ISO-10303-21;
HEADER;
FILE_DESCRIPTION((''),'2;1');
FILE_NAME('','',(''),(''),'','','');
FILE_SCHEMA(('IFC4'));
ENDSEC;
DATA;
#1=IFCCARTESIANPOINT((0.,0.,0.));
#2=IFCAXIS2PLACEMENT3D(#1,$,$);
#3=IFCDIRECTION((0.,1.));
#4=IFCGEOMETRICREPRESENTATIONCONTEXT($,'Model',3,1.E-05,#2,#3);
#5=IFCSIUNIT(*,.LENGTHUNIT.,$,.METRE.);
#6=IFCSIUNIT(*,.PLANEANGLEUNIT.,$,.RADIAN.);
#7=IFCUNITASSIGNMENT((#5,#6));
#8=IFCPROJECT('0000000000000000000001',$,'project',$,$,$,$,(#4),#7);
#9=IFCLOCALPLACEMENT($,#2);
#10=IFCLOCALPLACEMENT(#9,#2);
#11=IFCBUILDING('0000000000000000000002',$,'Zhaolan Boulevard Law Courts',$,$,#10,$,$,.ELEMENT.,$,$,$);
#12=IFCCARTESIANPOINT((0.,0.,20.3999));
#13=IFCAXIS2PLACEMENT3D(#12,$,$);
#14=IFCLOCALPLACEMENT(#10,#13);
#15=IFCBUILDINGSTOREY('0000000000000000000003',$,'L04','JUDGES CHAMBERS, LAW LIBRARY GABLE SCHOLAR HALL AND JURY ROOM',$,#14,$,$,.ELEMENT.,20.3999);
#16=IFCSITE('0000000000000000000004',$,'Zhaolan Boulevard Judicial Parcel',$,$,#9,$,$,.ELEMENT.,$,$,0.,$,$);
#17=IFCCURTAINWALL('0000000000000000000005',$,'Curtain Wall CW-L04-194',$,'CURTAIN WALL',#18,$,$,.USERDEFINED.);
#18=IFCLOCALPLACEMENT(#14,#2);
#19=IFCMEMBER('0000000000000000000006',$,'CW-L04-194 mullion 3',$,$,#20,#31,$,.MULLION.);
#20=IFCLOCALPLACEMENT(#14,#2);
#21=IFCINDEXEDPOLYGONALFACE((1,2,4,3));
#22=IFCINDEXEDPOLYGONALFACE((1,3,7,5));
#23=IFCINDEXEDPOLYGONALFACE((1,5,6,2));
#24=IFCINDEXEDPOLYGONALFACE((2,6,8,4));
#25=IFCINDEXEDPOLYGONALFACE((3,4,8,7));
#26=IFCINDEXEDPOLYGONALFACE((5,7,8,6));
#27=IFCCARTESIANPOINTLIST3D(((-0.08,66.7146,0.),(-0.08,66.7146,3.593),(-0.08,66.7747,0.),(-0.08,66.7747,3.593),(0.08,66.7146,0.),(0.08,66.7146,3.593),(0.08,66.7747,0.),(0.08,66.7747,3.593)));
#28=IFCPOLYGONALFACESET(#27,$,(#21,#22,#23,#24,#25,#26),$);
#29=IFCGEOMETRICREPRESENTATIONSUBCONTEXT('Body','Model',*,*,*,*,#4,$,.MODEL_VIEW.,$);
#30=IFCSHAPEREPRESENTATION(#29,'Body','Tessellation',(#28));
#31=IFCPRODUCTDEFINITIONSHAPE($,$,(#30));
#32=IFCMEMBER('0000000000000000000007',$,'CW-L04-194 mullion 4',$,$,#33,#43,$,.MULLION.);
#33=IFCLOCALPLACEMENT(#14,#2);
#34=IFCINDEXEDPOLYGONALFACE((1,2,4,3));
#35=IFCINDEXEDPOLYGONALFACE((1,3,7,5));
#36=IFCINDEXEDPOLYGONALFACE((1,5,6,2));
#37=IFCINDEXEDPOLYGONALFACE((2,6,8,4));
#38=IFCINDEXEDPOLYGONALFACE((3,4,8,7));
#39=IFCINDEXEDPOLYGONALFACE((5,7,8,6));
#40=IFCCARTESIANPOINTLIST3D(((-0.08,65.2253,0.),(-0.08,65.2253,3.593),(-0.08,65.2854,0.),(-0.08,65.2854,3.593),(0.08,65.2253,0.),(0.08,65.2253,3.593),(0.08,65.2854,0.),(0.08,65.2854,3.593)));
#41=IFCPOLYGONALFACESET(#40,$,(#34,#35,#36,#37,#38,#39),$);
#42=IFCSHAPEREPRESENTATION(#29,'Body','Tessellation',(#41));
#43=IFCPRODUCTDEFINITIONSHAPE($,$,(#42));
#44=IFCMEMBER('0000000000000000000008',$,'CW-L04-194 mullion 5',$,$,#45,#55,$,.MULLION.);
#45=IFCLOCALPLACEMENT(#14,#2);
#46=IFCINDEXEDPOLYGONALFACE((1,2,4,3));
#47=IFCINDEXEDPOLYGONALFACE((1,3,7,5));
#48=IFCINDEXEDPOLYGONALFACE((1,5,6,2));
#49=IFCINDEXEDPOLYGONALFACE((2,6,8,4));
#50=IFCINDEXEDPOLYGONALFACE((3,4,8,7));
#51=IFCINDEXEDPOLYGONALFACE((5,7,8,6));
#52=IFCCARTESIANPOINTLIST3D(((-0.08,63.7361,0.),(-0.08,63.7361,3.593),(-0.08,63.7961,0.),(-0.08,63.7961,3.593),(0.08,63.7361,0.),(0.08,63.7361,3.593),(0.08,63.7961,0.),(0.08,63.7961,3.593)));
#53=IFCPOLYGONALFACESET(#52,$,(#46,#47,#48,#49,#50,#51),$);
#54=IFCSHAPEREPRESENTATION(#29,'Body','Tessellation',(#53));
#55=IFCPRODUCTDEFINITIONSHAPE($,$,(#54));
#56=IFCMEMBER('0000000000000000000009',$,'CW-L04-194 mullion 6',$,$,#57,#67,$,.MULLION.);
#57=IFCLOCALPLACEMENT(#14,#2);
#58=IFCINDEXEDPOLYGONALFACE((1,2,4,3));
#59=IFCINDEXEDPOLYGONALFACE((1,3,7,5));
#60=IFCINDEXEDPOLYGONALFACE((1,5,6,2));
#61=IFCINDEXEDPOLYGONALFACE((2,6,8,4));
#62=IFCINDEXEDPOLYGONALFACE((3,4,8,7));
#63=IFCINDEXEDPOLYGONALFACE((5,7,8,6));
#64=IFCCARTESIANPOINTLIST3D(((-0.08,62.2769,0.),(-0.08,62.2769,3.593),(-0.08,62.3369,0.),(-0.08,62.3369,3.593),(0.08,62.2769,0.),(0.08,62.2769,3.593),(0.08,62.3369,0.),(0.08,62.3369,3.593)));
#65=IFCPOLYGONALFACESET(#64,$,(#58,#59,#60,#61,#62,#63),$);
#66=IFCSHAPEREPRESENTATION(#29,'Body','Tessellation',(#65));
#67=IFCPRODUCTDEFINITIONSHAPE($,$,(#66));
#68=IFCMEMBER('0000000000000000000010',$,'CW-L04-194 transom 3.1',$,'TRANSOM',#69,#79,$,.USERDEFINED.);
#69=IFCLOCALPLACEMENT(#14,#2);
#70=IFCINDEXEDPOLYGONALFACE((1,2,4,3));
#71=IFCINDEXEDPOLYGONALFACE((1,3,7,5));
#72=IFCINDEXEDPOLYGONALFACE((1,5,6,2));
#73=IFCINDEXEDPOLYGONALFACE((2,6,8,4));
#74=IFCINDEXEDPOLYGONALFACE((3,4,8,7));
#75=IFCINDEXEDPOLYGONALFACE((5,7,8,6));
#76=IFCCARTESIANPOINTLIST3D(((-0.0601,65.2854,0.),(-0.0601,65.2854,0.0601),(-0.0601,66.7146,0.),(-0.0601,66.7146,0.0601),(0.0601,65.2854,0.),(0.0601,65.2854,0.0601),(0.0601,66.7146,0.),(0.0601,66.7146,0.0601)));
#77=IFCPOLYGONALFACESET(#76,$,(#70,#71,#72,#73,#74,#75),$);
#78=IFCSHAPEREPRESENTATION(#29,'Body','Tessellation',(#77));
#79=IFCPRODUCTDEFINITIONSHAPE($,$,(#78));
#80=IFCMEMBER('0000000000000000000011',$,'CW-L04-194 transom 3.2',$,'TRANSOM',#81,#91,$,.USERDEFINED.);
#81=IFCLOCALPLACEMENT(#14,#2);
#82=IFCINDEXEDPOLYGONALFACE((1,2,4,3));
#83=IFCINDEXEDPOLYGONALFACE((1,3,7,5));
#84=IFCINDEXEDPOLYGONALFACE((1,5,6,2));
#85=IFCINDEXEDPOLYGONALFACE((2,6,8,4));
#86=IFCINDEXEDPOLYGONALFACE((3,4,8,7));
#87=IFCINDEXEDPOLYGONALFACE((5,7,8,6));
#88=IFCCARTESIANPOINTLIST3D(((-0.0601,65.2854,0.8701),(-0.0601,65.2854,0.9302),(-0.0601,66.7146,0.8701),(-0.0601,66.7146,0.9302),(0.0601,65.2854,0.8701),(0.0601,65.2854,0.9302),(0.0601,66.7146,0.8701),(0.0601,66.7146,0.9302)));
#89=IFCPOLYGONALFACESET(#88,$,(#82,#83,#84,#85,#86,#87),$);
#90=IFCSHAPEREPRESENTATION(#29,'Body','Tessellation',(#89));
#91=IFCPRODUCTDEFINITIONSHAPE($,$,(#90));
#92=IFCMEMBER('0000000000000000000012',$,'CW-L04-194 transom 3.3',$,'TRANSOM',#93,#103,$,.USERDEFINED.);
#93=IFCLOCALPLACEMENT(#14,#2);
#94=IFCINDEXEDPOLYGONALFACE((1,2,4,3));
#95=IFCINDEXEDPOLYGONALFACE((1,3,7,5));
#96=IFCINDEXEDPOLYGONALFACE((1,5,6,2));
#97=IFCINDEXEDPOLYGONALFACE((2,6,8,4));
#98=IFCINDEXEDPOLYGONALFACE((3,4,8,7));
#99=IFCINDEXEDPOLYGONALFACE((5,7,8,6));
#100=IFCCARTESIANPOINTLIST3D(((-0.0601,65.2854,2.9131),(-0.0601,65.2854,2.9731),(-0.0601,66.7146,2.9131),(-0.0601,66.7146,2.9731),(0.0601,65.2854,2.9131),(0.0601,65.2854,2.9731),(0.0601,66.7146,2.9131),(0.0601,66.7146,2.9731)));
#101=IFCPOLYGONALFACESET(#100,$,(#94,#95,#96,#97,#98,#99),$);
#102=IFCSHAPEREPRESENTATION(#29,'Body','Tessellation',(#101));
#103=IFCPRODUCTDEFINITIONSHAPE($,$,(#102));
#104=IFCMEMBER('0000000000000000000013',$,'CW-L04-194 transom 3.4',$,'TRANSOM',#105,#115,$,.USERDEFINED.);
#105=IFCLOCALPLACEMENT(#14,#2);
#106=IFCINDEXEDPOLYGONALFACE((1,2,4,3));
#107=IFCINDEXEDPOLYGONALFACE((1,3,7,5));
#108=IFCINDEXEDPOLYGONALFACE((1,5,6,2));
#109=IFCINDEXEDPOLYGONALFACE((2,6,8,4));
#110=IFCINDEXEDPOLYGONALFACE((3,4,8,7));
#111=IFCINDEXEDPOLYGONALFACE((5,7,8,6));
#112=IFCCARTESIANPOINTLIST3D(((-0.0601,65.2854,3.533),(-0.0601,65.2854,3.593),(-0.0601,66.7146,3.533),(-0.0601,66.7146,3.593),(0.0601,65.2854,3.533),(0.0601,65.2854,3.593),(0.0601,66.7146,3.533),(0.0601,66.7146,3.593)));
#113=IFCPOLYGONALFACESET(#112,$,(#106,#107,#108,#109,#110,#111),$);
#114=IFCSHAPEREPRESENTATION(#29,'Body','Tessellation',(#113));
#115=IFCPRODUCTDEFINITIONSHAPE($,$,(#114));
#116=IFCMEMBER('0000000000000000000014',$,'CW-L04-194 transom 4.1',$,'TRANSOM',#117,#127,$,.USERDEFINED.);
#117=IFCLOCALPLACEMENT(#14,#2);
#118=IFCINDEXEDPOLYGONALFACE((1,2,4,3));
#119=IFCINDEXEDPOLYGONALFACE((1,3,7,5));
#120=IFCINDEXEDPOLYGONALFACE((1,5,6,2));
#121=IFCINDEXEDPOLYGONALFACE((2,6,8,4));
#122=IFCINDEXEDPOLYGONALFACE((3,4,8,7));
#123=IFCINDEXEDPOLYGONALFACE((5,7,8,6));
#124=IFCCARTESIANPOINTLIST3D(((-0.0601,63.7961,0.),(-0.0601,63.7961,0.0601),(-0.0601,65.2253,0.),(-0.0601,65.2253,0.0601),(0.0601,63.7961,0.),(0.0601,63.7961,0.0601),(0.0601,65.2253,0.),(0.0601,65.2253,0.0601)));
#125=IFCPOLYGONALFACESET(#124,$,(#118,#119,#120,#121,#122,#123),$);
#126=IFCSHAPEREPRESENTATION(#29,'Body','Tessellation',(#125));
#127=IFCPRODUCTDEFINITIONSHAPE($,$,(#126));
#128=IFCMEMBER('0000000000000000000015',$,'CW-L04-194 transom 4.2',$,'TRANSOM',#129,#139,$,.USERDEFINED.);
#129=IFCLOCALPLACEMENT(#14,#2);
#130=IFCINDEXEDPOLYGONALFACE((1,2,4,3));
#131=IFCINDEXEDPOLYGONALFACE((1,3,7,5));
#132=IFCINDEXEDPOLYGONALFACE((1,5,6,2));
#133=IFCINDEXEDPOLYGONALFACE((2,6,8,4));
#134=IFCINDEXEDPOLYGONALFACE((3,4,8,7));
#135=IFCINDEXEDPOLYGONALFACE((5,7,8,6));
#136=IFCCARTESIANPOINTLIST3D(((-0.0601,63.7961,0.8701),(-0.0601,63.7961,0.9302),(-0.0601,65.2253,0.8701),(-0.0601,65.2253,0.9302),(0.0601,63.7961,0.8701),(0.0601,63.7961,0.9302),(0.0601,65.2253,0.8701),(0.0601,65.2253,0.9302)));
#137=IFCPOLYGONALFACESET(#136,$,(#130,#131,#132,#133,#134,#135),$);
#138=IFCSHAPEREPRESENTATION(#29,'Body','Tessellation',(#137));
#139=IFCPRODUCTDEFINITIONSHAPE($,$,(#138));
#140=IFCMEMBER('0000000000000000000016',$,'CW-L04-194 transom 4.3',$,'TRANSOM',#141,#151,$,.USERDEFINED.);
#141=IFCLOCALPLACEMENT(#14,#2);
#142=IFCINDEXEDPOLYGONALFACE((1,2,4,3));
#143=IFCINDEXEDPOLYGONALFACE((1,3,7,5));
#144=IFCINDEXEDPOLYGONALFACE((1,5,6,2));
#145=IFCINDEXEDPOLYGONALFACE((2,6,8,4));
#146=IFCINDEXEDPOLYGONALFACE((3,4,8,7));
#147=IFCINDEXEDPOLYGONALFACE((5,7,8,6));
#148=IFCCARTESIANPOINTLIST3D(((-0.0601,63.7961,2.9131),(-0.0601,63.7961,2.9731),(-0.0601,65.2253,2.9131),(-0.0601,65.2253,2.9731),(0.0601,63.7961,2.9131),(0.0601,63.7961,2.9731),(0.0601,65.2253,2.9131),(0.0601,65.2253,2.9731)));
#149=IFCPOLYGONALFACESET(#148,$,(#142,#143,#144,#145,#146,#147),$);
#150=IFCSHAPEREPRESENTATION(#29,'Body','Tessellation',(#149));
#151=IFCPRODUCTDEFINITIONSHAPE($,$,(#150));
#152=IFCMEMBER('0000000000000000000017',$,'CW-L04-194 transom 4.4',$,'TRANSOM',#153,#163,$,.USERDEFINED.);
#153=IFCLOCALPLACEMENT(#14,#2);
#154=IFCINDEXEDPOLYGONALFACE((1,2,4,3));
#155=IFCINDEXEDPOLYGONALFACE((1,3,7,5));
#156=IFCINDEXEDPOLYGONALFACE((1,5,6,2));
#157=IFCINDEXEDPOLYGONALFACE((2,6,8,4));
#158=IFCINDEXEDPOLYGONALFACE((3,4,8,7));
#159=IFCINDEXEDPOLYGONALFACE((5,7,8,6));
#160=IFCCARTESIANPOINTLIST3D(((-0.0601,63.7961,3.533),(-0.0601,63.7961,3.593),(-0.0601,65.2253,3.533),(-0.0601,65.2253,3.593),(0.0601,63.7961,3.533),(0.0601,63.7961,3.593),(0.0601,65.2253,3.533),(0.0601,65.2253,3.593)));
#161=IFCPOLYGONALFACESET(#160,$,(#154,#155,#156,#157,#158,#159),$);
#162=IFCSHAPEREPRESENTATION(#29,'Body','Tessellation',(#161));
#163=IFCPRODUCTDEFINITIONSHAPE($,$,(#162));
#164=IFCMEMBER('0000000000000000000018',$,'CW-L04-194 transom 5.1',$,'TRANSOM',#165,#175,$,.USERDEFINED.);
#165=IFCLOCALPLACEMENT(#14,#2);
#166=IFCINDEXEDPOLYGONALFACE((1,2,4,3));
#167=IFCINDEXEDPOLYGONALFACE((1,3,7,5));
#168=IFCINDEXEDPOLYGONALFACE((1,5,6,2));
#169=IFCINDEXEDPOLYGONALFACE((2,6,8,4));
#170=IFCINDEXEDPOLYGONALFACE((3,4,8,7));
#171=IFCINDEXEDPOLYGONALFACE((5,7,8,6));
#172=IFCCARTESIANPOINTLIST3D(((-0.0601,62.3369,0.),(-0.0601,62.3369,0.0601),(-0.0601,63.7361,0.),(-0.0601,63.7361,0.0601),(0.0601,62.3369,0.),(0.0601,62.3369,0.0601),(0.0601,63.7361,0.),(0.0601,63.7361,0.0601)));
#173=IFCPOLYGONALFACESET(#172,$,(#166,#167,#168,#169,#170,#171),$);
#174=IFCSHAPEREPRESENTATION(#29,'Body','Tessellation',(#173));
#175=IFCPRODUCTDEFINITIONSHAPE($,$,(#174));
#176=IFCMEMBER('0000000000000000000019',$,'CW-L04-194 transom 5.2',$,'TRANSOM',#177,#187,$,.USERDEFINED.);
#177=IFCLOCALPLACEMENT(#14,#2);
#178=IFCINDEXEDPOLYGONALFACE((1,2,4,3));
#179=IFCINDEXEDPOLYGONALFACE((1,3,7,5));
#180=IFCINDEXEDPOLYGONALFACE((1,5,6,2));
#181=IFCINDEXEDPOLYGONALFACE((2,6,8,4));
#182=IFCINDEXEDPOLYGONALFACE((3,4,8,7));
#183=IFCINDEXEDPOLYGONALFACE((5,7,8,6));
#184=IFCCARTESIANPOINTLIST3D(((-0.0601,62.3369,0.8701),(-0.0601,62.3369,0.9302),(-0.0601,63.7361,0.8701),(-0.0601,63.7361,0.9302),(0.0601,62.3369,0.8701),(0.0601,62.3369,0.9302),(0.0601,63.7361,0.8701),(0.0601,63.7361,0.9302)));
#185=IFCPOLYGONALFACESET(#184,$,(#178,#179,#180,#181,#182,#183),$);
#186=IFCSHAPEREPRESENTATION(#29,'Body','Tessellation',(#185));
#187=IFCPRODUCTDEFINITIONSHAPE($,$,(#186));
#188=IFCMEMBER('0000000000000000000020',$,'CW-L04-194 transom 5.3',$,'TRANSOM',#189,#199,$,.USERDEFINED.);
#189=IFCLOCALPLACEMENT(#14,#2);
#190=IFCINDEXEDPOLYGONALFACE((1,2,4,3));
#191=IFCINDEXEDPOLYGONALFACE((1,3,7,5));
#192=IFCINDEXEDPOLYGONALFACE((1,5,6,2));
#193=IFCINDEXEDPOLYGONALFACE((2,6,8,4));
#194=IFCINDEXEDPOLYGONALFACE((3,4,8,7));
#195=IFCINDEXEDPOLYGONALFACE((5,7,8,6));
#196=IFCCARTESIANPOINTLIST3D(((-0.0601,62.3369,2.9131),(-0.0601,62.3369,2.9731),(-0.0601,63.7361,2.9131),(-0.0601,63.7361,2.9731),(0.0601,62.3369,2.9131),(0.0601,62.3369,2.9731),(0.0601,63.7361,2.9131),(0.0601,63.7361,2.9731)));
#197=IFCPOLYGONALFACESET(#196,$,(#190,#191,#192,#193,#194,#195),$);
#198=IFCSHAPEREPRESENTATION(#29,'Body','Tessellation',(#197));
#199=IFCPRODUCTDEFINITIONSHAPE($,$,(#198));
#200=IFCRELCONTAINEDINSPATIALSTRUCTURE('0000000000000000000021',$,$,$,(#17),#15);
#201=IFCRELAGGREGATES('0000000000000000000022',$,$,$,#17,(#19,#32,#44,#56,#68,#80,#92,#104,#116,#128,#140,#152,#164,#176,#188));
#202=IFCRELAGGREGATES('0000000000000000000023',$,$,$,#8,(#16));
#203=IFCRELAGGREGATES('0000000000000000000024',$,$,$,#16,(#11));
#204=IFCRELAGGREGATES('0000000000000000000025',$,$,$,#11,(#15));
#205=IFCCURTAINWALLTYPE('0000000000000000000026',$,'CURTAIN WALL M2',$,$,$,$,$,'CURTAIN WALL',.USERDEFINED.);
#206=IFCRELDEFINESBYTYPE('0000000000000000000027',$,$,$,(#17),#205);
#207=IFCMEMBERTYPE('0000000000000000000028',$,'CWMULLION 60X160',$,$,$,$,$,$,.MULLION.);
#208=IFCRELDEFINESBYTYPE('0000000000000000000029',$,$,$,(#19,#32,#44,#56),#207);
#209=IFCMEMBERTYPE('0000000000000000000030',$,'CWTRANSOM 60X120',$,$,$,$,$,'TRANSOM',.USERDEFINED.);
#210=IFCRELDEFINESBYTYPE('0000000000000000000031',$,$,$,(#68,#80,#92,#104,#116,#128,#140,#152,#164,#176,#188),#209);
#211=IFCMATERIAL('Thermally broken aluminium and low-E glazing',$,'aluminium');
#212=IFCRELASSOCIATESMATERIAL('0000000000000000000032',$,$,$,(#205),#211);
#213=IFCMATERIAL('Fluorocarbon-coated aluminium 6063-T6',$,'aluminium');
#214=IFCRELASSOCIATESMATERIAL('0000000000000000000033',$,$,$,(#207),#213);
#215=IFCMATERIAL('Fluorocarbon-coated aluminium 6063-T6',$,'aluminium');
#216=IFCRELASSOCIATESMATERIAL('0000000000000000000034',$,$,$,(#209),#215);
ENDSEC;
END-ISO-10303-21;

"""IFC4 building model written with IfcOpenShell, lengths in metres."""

from ifc_helpers import new_model, si_unit, direction, frame, origin, origin_2d, place, context, subcontext, project, spatial, rectangle, extrude, material, material_profile, profile_set, type_object, element, aggregate, save


model = new_model("IFC4")

# Units and contexts
model_context = context("Model", 3, precision=1e-05, world=origin(), true_north=direction((0.0, 1.0)))
body_context = subcontext(model_context, "Body", "Model", "MODEL_VIEW")
ifc_project = project(units=[si_unit("LENGTHUNIT", "METRE"), si_unit("PLANEANGLEUNIT", "RADIAN")], contexts=[model_context])

# Site, building, storey
site_placement = place(None, origin())
site = spatial("IfcSite", under=ifc_project, at=site_placement, Name="Zhaolan Boulevard Judicial Parcel", CompositionType="ELEMENT", RefElevation=0.0)
building_placement = place(site_placement, origin())
building = spatial("IfcBuilding", under=site, at=building_placement, Name="Zhaolan Boulevard Law Courts", CompositionType="ELEMENT")
storey_placement = place(building_placement, frame((0.0, 0.0, 20.3999)))
storey = spatial("IfcBuildingStorey", under=building, at=storey_placement, Name="L04", Description="JUDGES CHAMBERS, LAW LIBRARY GABLE SCHOLAR HALL AND JURY ROOM", CompositionType="ELEMENT", Elevation=20.3999)

# Curtain wall, members
ifc_material_1 = material(Name="Thermally broken aluminium and low-E glazing", Category="aluminium")
curtain_wall_type = type_object("IfcCurtainWallType", Name="CURTAIN WALL M2", ElementType="CURTAIN WALL", PredefinedType="USERDEFINED", material=ifc_material_1)
curtain_wall_placement = place(storey_placement, origin())
curtain_wall = element("IfcCurtainWall", 1, at=curtain_wall_placement, inside=storey, type_object=curtain_wall_type, Name="Curtain Wall CW-L04-194", ObjectType="CURTAIN WALL", PredefinedType="USERDEFINED")
ifc_material_2 = material(Name="Fluorocarbon-coated aluminium 6063-T6", Category="aluminium")
ifc_material_profile_1 = material_profile(ifc_material_2, rectangle(XDim=0.1599, YDim=0.0601, at=origin_2d()), Name="AL60x160")
ifc_profile_set_1 = profile_set([ifc_material_profile_1], Name="Fluorocarbon-coated aluminium 6063-T6")
member_type_1 = type_object("IfcMemberType", Name="CWMULLION 60X160", PredefinedType="MULLION", material=ifc_profile_set_1)
member_1_placement = place(storey_placement, frame((0.0, 66.7446, 0.0), z_axis=(0.0, 0.0, 1.0), x_axis=(1.0, 0.0, 0.0)))
member_1 = element("IfcMember", 2, at=member_1_placement, type_object=member_type_1, Name="CW-L04-194 mullion 3", PredefinedType="MULLION", context=body_context, shape_type="SweptSolid", body=[
    extrude(rectangle(XDim=0.1599, YDim=0.0601, at=origin_2d()), origin(), (0.0, 0.0, 1.0), 3.593),
])
member_2_placement = place(storey_placement, frame((0.0, 65.2554, 0.0), z_axis=(0.0, 0.0, 1.0), x_axis=(1.0, 0.0, 0.0)))
member_2 = element("IfcMember", 3, at=member_2_placement, type_object=member_type_1, Name="CW-L04-194 mullion 4", PredefinedType="MULLION", context=body_context, shape_type="SweptSolid", body=[
    extrude(rectangle(XDim=0.1599, YDim=0.0601, at=origin_2d()), origin(), (0.0, 0.0, 1.0), 3.593),
])
member_3_placement = place(storey_placement, frame((0.0, 63.7661, 0.0), z_axis=(0.0, 0.0, 1.0), x_axis=(1.0, 0.0, 0.0)))
member_3 = element("IfcMember", 4, at=member_3_placement, type_object=member_type_1, Name="CW-L04-194 mullion 5", PredefinedType="MULLION", context=body_context, shape_type="SweptSolid", body=[
    extrude(rectangle(XDim=0.1599, YDim=0.0601, at=origin_2d()), origin(), (0.0, 0.0, 1.0), 3.593),
])
member_4_placement = place(storey_placement, frame((0.0, 62.3069, 0.0), z_axis=(0.0, 0.0, 1.0), x_axis=(1.0, 0.0, 0.0)))
member_4 = element("IfcMember", 5, at=member_4_placement, type_object=member_type_1, Name="CW-L04-194 mullion 6", PredefinedType="MULLION", context=body_context, shape_type="SweptSolid", body=[
    extrude(rectangle(XDim=0.1599, YDim=0.0601, at=origin_2d()), origin(), (0.0, 0.0, 1.0), 3.593),
])
ifc_material_3 = material(Name="Fluorocarbon-coated aluminium 6063-T6", Category="aluminium")
ifc_material_profile_2 = material_profile(ifc_material_3, rectangle(XDim=0.1201, YDim=0.0601, at=origin_2d()), Name="AL60x120")
ifc_profile_set_2 = profile_set([ifc_material_profile_2], Name="Fluorocarbon-coated aluminium 6063-T6")
member_type_2 = type_object("IfcMemberType", Name="CWTRANSOM 60X120", ElementType="TRANSOM", PredefinedType="USERDEFINED", material=ifc_profile_set_2)
member_5_placement = place(storey_placement, frame((0.0, 66.7146, 0.03), z_axis=(0.0, -1.0, 0.0), x_axis=(1.0, 0.0, 0.0)))
member_5 = element("IfcMember", 6, at=member_5_placement, type_object=member_type_2, Name="CW-L04-194 transom 3.1", ObjectType="TRANSOM", PredefinedType="USERDEFINED", context=body_context, shape_type="SweptSolid", body=[
    extrude(rectangle(XDim=0.1201, YDim=0.0601, at=origin_2d()), origin(), (0.0, 0.0, 1.0), 1.4292),
])
member_6_placement = place(storey_placement, frame((0.0, 66.7146, 0.9001), z_axis=(0.0, -1.0, 0.0), x_axis=(1.0, 0.0, 0.0)))
member_6 = element("IfcMember", 7, at=member_6_placement, type_object=member_type_2, Name="CW-L04-194 transom 3.2", ObjectType="TRANSOM", PredefinedType="USERDEFINED", context=body_context, shape_type="SweptSolid", body=[
    extrude(rectangle(XDim=0.1201, YDim=0.0601, at=origin_2d()), origin(), (0.0, 0.0, 1.0), 1.4292),
])
member_7_placement = place(storey_placement, frame((0.0, 66.7146, 2.9431), z_axis=(0.0, -1.0, 0.0), x_axis=(1.0, 0.0, 0.0)))
member_7 = element("IfcMember", 8, at=member_7_placement, type_object=member_type_2, Name="CW-L04-194 transom 3.3", ObjectType="TRANSOM", PredefinedType="USERDEFINED", context=body_context, shape_type="SweptSolid", body=[
    extrude(rectangle(XDim=0.1201, YDim=0.0601, at=origin_2d()), origin(), (0.0, 0.0, 1.0), 1.4292),
])
member_8_placement = place(storey_placement, frame((0.0, 66.7146, 3.563), z_axis=(0.0, -1.0, 0.0), x_axis=(1.0, 0.0, 0.0)))
member_8 = element("IfcMember", 9, at=member_8_placement, type_object=member_type_2, Name="CW-L04-194 transom 3.4", ObjectType="TRANSOM", PredefinedType="USERDEFINED", context=body_context, shape_type="SweptSolid", body=[
    extrude(rectangle(XDim=0.1201, YDim=0.0601, at=origin_2d()), origin(), (0.0, 0.0, 1.0), 1.4292),
])
member_9_placement = place(storey_placement, frame((0.0, 65.2253, 0.03), z_axis=(0.0, -1.0, 0.0), x_axis=(1.0, 0.0, 0.0)))
member_9 = element("IfcMember", 10, at=member_9_placement, type_object=member_type_2, Name="CW-L04-194 transom 4.1", ObjectType="TRANSOM", PredefinedType="USERDEFINED", context=body_context, shape_type="SweptSolid", body=[
    extrude(rectangle(XDim=0.1201, YDim=0.0601, at=origin_2d()), origin(), (0.0, 0.0, 1.0), 1.4292),
])
member_10_placement = place(storey_placement, frame((0.0, 65.2253, 0.9001), z_axis=(0.0, -1.0, 0.0), x_axis=(1.0, 0.0, 0.0)))
member_10 = element("IfcMember", 11, at=member_10_placement, type_object=member_type_2, Name="CW-L04-194 transom 4.2", ObjectType="TRANSOM", PredefinedType="USERDEFINED", context=body_context, shape_type="SweptSolid", body=[
    extrude(rectangle(XDim=0.1201, YDim=0.0601, at=origin_2d()), origin(), (0.0, 0.0, 1.0), 1.4292),
])
member_11_placement = place(storey_placement, frame((0.0, 65.2253, 2.9431), z_axis=(0.0, -1.0, 0.0), x_axis=(1.0, 0.0, 0.0)))
member_11 = element("IfcMember", 12, at=member_11_placement, type_object=member_type_2, Name="CW-L04-194 transom 4.3", ObjectType="TRANSOM", PredefinedType="USERDEFINED", context=body_context, shape_type="SweptSolid", body=[
    extrude(rectangle(XDim=0.1201, YDim=0.0601, at=origin_2d()), origin(), (0.0, 0.0, 1.0), 1.4292),
])
member_12_placement = place(storey_placement, frame((0.0, 65.2253, 3.563), z_axis=(0.0, -1.0, 0.0), x_axis=(1.0, 0.0, 0.0)))
member_12 = element("IfcMember", 13, at=member_12_placement, type_object=member_type_2, Name="CW-L04-194 transom 4.4", ObjectType="TRANSOM", PredefinedType="USERDEFINED", context=body_context, shape_type="SweptSolid", body=[
    extrude(rectangle(XDim=0.1201, YDim=0.0601, at=origin_2d()), origin(), (0.0, 0.0, 1.0), 1.4292),
])
member_13_placement = place(storey_placement, frame((0.0, 63.7361, 0.03), z_axis=(0.0, -1.0, 0.0), x_axis=(1.0, 0.0, 0.0)))
member_13 = element("IfcMember", 14, at=member_13_placement, type_object=member_type_2, Name="CW-L04-194 transom 5.1", ObjectType="TRANSOM", PredefinedType="USERDEFINED", context=body_context, shape_type="SweptSolid", body=[
    extrude(rectangle(XDim=0.1201, YDim=0.0601, at=origin_2d()), origin(), (0.0, 0.0, 1.0), 1.3992),
])
member_14_placement = place(storey_placement, frame((0.0, 63.7361, 0.9001), z_axis=(0.0, -1.0, 0.0), x_axis=(1.0, 0.0, 0.0)))
member_14 = element("IfcMember", 15, at=member_14_placement, type_object=member_type_2, Name="CW-L04-194 transom 5.2", ObjectType="TRANSOM", PredefinedType="USERDEFINED", context=body_context, shape_type="SweptSolid", body=[
    extrude(rectangle(XDim=0.1201, YDim=0.0601, at=origin_2d()), origin(), (0.0, 0.0, 1.0), 1.3992),
])
member_15_placement = place(storey_placement, frame((0.0, 63.7361, 2.9431), z_axis=(0.0, -1.0, 0.0), x_axis=(1.0, 0.0, 0.0)))
member_15 = element("IfcMember", 16, at=member_15_placement, type_object=member_type_2, Name="CW-L04-194 transom 5.3", ObjectType="TRANSOM", PredefinedType="USERDEFINED", context=body_context, shape_type="SweptSolid", body=[
    extrude(rectangle(XDim=0.1201, YDim=0.0601, at=origin_2d()), origin(), (0.0, 0.0, 1.0), 1.3992),
])

aggregate(curtain_wall, [member_1, member_2, member_3, member_4, member_5, member_6, member_7, member_8, member_9, member_10, member_11, member_12, member_13, member_14, member_15])

save(model, "model.ifc")
